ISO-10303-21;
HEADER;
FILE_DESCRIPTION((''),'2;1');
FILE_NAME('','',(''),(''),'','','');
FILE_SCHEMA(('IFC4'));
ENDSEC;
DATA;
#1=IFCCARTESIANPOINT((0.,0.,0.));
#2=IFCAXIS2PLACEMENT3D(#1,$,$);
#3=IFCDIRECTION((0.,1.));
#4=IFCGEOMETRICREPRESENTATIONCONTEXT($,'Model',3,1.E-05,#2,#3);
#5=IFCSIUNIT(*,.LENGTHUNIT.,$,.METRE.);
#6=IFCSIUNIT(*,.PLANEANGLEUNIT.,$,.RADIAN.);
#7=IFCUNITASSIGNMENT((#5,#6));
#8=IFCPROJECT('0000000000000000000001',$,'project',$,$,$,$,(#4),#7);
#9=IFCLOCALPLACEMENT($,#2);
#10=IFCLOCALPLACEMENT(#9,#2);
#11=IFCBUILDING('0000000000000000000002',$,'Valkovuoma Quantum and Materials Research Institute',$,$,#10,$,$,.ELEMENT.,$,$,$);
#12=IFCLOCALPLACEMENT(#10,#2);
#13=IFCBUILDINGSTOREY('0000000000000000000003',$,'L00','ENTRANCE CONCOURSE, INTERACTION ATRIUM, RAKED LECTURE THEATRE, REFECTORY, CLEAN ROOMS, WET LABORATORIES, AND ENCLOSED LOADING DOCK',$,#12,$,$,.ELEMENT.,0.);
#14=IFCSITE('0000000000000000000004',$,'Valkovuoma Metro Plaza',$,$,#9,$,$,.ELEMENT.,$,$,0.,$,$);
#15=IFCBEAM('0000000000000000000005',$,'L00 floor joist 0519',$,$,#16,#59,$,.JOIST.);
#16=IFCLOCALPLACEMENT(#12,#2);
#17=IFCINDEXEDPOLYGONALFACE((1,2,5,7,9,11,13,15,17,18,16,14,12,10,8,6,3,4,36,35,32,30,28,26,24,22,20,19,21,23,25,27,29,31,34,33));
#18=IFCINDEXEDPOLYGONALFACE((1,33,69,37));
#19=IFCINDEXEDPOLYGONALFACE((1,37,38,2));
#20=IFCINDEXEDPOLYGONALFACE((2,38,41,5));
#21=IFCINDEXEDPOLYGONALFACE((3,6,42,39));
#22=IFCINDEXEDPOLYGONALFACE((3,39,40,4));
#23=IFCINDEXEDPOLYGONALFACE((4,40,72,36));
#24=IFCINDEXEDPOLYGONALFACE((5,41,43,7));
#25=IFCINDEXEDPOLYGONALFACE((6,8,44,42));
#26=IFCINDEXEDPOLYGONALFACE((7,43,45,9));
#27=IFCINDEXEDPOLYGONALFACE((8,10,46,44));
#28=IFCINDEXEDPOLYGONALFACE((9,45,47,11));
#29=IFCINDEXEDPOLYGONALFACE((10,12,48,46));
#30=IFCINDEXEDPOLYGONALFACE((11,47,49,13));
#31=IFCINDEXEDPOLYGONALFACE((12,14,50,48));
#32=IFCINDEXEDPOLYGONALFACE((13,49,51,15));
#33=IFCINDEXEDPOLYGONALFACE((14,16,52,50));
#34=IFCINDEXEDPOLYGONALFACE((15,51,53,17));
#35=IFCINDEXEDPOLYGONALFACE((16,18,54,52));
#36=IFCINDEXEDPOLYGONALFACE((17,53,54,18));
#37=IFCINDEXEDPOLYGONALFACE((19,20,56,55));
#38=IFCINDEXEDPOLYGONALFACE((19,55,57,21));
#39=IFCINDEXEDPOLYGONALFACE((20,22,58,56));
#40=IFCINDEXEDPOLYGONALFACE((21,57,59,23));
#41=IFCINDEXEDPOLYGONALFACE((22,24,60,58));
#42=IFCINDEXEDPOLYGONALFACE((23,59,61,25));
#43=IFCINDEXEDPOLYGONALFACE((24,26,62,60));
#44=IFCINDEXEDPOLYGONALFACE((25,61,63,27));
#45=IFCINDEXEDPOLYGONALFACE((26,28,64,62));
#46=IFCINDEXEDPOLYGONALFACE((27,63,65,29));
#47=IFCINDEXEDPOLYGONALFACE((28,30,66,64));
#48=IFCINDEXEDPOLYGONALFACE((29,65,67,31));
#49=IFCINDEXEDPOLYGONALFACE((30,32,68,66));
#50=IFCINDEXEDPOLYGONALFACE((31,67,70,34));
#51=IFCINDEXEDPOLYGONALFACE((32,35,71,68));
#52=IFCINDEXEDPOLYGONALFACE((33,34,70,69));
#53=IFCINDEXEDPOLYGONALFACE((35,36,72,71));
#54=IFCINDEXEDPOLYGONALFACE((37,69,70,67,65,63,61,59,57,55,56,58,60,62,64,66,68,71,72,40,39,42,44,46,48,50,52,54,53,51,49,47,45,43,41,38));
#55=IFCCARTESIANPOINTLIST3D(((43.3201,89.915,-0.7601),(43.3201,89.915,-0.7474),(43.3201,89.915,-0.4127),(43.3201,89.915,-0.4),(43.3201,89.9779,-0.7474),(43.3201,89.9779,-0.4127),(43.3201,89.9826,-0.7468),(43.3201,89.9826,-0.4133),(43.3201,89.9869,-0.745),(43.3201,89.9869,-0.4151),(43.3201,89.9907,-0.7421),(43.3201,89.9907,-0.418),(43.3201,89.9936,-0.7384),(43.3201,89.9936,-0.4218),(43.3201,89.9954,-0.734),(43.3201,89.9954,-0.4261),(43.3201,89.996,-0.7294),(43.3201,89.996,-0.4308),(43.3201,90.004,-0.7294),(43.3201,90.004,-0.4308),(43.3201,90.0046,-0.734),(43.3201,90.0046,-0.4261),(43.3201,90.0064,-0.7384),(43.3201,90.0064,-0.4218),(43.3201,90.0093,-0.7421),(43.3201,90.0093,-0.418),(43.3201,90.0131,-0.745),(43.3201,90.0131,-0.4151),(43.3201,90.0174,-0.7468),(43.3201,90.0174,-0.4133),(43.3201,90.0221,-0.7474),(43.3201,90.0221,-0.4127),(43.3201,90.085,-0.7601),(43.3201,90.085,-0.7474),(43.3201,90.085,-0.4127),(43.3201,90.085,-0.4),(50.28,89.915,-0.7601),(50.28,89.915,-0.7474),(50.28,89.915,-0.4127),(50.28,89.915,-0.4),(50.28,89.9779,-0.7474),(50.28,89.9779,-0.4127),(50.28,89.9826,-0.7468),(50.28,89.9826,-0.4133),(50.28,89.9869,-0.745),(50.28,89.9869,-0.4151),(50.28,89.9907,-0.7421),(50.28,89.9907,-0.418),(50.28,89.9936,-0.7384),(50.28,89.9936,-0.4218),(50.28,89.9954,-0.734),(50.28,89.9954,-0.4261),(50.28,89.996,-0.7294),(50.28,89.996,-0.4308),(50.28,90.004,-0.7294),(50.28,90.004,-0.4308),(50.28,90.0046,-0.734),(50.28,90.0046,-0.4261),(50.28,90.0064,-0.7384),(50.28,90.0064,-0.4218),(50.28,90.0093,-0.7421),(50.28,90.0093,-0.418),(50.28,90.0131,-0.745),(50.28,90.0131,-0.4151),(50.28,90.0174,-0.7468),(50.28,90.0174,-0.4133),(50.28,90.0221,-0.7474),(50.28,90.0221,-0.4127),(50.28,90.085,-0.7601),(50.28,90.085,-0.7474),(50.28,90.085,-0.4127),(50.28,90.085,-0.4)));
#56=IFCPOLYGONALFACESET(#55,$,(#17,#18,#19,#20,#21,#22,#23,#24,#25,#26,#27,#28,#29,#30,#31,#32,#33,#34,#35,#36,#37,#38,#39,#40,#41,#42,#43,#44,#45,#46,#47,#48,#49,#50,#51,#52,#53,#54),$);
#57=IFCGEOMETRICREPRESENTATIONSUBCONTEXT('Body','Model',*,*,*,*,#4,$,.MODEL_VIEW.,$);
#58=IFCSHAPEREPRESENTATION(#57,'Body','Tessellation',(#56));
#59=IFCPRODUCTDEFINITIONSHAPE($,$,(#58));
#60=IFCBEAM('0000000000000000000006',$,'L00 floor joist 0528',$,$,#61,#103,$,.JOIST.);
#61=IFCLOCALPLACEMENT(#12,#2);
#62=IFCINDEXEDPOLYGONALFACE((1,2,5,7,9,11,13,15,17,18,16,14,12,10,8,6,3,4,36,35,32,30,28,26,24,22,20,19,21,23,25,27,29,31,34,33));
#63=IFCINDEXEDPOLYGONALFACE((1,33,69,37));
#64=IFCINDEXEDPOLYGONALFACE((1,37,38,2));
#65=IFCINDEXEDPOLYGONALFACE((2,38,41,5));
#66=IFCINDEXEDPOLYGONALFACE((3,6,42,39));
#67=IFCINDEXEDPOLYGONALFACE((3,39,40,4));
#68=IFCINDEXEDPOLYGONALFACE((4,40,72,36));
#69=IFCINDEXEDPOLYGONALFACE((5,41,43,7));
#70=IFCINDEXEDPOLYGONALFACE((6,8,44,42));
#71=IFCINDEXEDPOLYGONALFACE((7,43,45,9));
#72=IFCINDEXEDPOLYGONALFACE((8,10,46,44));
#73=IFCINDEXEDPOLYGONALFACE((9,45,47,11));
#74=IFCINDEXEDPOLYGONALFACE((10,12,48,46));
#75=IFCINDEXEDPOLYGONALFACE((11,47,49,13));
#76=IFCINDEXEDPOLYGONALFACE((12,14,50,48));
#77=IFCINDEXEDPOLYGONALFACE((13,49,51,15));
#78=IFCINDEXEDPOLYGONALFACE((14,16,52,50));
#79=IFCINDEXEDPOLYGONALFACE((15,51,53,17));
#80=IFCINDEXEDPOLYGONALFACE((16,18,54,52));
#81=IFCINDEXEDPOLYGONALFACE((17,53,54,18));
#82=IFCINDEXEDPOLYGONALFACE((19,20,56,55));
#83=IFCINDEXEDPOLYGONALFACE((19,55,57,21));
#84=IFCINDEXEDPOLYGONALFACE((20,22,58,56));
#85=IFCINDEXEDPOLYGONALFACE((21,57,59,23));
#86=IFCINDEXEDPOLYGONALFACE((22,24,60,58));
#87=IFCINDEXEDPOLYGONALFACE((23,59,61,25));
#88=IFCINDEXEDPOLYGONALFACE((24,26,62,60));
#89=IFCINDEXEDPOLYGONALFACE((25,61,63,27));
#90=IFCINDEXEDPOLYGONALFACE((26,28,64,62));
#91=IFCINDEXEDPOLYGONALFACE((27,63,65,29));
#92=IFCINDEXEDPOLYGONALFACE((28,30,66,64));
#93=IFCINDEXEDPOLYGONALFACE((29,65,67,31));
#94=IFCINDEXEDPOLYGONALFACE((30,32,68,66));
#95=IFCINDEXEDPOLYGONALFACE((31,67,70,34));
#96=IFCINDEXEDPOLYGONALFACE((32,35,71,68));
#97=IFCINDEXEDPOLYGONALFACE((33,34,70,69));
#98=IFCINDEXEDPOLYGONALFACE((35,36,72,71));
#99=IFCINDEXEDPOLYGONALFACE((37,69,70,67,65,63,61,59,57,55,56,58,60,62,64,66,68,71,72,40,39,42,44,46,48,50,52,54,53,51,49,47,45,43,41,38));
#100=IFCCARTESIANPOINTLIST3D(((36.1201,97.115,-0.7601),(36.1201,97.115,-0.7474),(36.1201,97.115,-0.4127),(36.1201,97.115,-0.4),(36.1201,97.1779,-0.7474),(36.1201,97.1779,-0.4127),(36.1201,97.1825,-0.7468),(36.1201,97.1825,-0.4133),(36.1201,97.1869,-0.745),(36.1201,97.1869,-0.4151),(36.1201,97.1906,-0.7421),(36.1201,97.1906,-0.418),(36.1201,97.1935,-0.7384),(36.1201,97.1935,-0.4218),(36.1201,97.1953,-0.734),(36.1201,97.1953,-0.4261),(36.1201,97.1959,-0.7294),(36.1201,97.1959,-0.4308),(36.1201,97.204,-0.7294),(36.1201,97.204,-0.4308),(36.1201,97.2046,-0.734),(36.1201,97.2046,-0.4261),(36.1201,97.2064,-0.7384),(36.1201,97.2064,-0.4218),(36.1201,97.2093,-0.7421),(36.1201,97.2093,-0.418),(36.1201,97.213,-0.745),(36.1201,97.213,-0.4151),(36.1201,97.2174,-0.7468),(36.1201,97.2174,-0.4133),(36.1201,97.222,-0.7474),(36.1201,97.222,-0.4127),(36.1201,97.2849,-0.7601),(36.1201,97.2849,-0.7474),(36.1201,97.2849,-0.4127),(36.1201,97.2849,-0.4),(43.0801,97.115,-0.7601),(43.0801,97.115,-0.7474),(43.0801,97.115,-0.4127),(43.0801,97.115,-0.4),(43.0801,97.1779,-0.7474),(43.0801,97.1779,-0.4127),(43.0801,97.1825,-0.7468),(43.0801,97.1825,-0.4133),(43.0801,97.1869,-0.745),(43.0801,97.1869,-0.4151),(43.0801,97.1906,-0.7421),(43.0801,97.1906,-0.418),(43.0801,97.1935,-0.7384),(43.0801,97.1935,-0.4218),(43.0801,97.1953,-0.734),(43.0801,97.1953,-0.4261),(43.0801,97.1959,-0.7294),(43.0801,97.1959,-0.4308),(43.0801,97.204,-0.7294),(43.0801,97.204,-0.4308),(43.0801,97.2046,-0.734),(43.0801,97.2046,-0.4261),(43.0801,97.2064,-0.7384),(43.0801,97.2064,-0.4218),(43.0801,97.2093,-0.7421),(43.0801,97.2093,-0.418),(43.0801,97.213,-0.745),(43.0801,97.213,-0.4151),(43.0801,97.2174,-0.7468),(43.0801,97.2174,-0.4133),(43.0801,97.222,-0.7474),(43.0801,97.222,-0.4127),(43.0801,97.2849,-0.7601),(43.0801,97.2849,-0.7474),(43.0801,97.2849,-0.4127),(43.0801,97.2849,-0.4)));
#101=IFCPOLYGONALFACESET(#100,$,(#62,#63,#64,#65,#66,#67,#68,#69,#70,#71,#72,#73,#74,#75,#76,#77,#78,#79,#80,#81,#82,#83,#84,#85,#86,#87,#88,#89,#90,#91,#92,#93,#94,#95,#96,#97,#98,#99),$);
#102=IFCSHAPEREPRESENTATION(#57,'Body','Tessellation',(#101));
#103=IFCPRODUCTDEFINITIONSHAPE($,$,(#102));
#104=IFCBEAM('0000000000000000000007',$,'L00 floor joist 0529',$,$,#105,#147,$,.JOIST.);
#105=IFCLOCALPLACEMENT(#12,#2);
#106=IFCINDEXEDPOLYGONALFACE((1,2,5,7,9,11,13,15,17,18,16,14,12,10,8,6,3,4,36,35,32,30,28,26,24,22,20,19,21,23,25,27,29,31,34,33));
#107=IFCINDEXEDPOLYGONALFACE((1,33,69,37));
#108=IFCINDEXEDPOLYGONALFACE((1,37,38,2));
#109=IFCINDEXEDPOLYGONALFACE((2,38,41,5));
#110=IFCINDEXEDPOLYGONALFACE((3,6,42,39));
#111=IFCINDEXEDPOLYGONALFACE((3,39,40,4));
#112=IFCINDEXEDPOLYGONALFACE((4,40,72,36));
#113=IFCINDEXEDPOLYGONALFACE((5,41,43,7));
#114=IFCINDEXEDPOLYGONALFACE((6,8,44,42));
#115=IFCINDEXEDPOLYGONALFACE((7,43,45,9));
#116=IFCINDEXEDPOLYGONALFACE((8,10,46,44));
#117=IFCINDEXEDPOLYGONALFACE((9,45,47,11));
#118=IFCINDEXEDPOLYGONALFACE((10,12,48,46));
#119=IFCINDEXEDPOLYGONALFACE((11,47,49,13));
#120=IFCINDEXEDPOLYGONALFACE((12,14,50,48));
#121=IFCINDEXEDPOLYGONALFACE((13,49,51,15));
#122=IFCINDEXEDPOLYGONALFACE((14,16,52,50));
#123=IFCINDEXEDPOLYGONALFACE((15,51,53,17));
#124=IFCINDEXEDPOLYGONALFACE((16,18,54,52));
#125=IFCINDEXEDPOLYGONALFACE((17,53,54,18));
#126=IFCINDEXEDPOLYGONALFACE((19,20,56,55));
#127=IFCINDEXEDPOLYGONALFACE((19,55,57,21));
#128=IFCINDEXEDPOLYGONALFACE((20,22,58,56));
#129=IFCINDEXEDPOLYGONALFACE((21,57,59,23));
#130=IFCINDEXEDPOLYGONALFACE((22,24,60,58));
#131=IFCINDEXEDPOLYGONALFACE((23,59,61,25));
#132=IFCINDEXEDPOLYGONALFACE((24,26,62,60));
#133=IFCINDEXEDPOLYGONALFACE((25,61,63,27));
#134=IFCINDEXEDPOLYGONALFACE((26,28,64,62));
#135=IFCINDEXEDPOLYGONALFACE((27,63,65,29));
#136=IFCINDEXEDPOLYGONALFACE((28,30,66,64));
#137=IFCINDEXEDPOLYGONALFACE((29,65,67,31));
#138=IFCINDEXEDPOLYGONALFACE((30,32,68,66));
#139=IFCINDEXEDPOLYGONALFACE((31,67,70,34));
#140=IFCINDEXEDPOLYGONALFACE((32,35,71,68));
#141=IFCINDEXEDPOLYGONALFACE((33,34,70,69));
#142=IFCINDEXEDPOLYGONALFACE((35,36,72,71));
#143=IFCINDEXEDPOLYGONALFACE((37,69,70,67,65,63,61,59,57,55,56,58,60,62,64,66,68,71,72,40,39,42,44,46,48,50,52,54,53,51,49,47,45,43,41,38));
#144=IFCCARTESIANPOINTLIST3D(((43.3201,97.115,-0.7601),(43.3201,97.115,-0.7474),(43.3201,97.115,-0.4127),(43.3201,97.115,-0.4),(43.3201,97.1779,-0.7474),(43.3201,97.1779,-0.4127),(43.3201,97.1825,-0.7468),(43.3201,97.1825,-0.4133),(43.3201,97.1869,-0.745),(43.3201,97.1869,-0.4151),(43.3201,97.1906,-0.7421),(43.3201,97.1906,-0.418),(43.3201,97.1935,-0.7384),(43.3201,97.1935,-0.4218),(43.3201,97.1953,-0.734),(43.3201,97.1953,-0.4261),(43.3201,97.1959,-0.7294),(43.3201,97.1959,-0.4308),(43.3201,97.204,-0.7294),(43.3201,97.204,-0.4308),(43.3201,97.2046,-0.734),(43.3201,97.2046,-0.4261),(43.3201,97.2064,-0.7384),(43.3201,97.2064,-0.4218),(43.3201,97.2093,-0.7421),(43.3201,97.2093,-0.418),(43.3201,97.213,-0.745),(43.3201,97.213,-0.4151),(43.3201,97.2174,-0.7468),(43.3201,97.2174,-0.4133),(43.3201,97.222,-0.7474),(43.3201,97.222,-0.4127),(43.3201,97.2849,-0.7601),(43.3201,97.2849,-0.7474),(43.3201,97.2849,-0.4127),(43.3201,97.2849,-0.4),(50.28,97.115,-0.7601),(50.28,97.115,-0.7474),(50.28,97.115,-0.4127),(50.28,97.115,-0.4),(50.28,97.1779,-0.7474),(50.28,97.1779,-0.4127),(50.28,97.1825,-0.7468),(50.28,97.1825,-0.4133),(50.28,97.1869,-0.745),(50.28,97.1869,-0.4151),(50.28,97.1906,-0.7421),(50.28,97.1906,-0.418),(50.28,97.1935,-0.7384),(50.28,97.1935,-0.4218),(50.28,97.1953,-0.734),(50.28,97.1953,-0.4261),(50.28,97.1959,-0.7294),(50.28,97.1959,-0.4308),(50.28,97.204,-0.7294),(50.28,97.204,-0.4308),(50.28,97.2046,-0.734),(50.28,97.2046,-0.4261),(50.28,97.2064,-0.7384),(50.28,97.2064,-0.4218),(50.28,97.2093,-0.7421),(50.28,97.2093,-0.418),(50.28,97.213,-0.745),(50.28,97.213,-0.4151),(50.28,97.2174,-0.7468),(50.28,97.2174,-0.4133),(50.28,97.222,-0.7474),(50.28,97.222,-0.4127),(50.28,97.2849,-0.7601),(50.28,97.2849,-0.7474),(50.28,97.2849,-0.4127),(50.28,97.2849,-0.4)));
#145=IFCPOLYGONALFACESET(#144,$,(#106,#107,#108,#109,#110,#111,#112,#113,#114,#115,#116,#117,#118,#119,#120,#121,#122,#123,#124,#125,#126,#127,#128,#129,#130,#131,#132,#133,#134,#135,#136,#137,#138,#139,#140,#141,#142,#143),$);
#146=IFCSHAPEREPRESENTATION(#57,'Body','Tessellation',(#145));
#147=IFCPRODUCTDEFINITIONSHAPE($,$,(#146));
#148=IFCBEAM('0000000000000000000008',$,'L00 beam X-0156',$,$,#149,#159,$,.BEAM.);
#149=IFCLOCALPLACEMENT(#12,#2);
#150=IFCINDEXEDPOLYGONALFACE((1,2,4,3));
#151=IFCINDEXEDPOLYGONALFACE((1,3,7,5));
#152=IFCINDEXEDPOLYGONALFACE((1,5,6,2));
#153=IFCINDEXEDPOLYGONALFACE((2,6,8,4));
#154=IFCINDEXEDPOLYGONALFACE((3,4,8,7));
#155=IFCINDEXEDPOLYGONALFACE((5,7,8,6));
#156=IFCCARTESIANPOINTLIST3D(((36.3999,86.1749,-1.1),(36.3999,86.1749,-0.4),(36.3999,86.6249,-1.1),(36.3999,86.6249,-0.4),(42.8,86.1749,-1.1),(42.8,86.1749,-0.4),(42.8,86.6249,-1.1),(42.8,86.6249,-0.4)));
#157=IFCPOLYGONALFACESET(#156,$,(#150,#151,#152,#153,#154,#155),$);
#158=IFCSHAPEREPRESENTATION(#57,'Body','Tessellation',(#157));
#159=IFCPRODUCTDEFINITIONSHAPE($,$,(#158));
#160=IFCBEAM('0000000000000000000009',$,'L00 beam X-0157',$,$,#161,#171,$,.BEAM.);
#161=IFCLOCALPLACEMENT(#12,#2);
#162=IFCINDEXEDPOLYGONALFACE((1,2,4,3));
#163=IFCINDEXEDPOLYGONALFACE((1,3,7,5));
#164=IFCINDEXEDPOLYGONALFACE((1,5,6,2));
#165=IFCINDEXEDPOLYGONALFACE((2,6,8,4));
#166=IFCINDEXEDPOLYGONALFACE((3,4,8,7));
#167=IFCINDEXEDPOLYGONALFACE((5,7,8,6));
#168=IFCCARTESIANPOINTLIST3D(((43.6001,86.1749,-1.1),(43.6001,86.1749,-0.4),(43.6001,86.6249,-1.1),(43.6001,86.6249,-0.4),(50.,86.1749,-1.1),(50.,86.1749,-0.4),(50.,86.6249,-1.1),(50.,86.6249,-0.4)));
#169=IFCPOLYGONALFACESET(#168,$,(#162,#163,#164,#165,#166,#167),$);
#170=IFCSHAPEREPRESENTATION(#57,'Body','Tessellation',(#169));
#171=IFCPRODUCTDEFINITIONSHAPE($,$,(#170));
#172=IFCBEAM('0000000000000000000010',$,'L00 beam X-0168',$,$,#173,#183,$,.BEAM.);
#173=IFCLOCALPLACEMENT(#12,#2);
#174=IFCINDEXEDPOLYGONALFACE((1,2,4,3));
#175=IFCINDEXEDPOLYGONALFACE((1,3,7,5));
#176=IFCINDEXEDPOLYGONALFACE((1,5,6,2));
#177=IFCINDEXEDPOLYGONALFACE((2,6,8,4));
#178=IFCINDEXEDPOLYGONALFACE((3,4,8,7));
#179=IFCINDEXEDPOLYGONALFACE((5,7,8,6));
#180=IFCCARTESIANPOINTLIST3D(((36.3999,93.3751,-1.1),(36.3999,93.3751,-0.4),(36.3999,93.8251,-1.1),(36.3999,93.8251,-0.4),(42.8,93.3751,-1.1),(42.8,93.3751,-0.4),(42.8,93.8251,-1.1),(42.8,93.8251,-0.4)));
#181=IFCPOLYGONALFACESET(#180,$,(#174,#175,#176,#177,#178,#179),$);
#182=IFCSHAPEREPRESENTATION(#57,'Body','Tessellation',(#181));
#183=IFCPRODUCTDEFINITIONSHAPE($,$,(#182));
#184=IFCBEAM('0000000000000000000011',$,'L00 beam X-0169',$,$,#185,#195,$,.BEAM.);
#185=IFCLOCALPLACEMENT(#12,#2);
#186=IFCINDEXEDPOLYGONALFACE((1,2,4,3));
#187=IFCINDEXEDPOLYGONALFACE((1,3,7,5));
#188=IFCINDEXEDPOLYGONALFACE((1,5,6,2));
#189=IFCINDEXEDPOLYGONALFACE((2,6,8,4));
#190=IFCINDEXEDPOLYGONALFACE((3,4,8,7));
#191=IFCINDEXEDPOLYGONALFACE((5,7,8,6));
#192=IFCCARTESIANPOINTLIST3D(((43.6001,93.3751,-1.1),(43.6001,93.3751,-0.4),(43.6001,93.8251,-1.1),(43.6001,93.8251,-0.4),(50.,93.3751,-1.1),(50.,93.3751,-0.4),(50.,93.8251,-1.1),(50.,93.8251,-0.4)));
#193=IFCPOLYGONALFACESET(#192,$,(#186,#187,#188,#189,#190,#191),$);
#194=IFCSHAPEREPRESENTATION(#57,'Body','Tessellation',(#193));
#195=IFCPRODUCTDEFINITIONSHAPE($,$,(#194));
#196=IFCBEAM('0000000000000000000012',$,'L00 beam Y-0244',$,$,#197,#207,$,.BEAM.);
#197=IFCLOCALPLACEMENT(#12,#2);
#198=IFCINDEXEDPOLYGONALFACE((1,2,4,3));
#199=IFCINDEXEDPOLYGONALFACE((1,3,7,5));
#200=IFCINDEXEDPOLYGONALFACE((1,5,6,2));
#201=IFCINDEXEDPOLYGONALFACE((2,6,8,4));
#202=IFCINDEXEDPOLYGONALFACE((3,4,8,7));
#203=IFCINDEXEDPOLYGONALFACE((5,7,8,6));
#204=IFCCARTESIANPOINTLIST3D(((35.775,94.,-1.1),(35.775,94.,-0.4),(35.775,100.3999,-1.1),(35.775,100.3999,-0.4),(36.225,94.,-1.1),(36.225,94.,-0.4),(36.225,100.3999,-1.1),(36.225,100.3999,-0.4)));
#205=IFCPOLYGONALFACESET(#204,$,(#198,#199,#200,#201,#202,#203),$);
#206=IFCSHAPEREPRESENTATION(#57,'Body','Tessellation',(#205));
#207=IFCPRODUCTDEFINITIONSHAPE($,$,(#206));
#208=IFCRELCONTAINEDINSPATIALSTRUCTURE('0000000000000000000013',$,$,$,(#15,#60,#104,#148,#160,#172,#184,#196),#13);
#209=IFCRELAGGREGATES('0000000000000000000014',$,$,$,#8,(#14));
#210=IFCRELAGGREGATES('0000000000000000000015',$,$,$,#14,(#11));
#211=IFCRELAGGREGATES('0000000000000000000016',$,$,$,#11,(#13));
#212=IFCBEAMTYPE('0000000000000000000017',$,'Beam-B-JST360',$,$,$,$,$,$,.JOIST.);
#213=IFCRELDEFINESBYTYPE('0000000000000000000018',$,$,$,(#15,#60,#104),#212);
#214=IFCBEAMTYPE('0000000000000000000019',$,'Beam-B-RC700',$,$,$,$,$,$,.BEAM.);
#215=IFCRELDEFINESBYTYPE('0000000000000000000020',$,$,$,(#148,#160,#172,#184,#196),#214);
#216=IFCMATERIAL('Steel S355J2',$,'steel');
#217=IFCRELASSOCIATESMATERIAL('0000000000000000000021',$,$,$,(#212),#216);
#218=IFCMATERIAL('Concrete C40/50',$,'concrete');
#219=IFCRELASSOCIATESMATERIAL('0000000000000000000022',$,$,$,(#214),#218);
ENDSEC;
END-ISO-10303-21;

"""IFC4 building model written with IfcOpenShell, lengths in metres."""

from ifc_helpers import new_model, si_unit, direction, frame, origin, origin_2d, place, context, subcontext, project, spatial, rectangle, i_section, extrude, material, material_profile, profile_set, type_object, element, save


model = new_model("IFC4")

# Units and contexts
model_context = context("Model", 3, precision=1e-05, world=origin(), true_north=direction((0.0, 1.0)))
body_context = subcontext(model_context, "Body", "Model", "MODEL_VIEW")
ifc_project = project(units=[si_unit("LENGTHUNIT", "METRE"), si_unit("PLANEANGLEUNIT", "RADIAN")], contexts=[model_context])

# Site, building, storey
site_placement = place(None, origin())
site = spatial("IfcSite", under=ifc_project, at=site_placement, Name="Valkovuoma Metro Plaza", CompositionType="ELEMENT", RefElevation=0.0)
building_placement = place(site_placement, origin())
building = spatial("IfcBuilding", under=site, at=building_placement, Name="Valkovuoma Quantum and Materials Research Institute", CompositionType="ELEMENT")
storey_placement = place(building_placement, origin())
storey = spatial("IfcBuildingStorey", under=building, at=storey_placement, Name="L00", Description="ENTRANCE CONCOURSE, INTERACTION ATRIUM, RAKED LECTURE THEATRE, REFECTORY, CLEAN ROOMS, WET LABORATORIES, AND ENCLOSED LOADING DOCK", CompositionType="ELEMENT", Elevation=0.0)

# Beams
ifc_material_1 = material(Name="Steel S355J2", Category="steel")
ifc_material_profile_1 = material_profile(ifc_material_1, i_section(OverallWidth=0.1699, OverallDepth=0.3601, WebThickness=0.0081, FlangeThickness=0.0127, FilletRadius=0.0181, at=origin_2d()), Name="Steel S355J2")
ifc_profile_set_1 = profile_set([ifc_material_profile_1], Name="Steel S355J2")
beam_type_1 = type_object("IfcBeamType", Name="Beam-B-JST360", PredefinedType="JOIST", material=ifc_profile_set_1)
for number, where, z_axis, x_axis, name in (
    (1, (43.3201, 90.0, -0.5801), (1.0, 0.0, 0.0), (0.0, 1.0, 0.0), "L00 floor joist 0519"),
    (2, (36.1201, 97.2, -0.5801), (1.0, 0.0, 0.0), (0.0, 1.0, 0.0), "L00 floor joist 0528"),
    (3, (43.3201, 97.2, -0.5801), (1.0, 0.0, 0.0), (0.0, 1.0, 0.0), "L00 floor joist 0529"),
):
    element("IfcBeam", number, at=place(storey_placement, frame(where, z_axis=z_axis, x_axis=x_axis)), inside=storey, type_object=beam_type_1, Name=name, PredefinedType="JOIST", context=body_context, shape_type="SweptSolid", body=[
        extrude(i_section(OverallWidth=0.1699, OverallDepth=0.3601, WebThickness=0.0081, FlangeThickness=0.0127, FilletRadius=0.0181, at=origin_2d()), origin(), (0.0, 0.0, 1.0), 6.96),
    ])
ifc_material_2 = material(Name="Concrete C40/50", Category="concrete")
ifc_material_profile_2 = material_profile(ifc_material_2, rectangle(XDim=0.45, YDim=0.7, at=origin_2d()), Name="Concrete C40/50")
ifc_profile_set_2 = profile_set([ifc_material_profile_2], Name="Concrete C40/50")
beam_type_2 = type_object("IfcBeamType", Name="Beam-B-RC700", PredefinedType="BEAM", material=ifc_profile_set_2)
beam_1_placement = place(storey_placement, frame((36.3999, 86.3999, -0.75), z_axis=(1.0, 0.0, 0.0), x_axis=(0.0, 1.0, 0.0)))
element("IfcBeam", 4, at=beam_1_placement, inside=storey, type_object=beam_type_2, Name="L00 beam X-0156", PredefinedType="BEAM", context=body_context, shape_type="SweptSolid", body=[
    extrude(rectangle(XDim=0.45, YDim=0.7, at=origin_2d()), origin(), (0.0, 0.0, 1.0), 6.4001),
])
beam_2_placement = place(storey_placement, frame((43.6001, 86.3999, -0.75), z_axis=(1.0, 0.0, 0.0), x_axis=(0.0, 1.0, 0.0)))
element("IfcBeam", 5, at=beam_2_placement, inside=storey, type_object=beam_type_2, Name="L00 beam X-0157", PredefinedType="BEAM", context=body_context, shape_type="SweptSolid", body=[
    extrude(rectangle(XDim=0.45, YDim=0.7, at=origin_2d()), origin(), (0.0, 0.0, 1.0), 6.3999),
])
beam_3_placement = place(storey_placement, frame((36.3999, 93.6001, -0.75), z_axis=(1.0, 0.0, 0.0), x_axis=(0.0, 1.0, 0.0)))
element("IfcBeam", 6, at=beam_3_placement, inside=storey, type_object=beam_type_2, Name="L00 beam X-0168", PredefinedType="BEAM", context=body_context, shape_type="SweptSolid", body=[
    extrude(rectangle(XDim=0.45, YDim=0.7, at=origin_2d()), origin(), (0.0, 0.0, 1.0), 6.4001),
])
for number, where, z_axis, x_axis, name in (
    (7, (43.6001, 93.6001, -0.75), (1.0, 0.0, 0.0), (0.0, 1.0, 0.0), "L00 beam X-0169"),
    (8, (36.0, 94.0, -0.75), (0.0, 1.0, 0.0), (-1.0, 0.0, 0.0), "L00 beam Y-0244"),
):
    element("IfcBeam", number, at=place(storey_placement, frame(where, z_axis=z_axis, x_axis=x_axis)), inside=storey, type_object=beam_type_2, Name=name, PredefinedType="BEAM", context=body_context, shape_type="SweptSolid", body=[
        extrude(rectangle(XDim=0.45, YDim=0.7, at=origin_2d()), origin(), (0.0, 0.0, 1.0), 6.3999),
    ])

save(model, "model.ifc")
